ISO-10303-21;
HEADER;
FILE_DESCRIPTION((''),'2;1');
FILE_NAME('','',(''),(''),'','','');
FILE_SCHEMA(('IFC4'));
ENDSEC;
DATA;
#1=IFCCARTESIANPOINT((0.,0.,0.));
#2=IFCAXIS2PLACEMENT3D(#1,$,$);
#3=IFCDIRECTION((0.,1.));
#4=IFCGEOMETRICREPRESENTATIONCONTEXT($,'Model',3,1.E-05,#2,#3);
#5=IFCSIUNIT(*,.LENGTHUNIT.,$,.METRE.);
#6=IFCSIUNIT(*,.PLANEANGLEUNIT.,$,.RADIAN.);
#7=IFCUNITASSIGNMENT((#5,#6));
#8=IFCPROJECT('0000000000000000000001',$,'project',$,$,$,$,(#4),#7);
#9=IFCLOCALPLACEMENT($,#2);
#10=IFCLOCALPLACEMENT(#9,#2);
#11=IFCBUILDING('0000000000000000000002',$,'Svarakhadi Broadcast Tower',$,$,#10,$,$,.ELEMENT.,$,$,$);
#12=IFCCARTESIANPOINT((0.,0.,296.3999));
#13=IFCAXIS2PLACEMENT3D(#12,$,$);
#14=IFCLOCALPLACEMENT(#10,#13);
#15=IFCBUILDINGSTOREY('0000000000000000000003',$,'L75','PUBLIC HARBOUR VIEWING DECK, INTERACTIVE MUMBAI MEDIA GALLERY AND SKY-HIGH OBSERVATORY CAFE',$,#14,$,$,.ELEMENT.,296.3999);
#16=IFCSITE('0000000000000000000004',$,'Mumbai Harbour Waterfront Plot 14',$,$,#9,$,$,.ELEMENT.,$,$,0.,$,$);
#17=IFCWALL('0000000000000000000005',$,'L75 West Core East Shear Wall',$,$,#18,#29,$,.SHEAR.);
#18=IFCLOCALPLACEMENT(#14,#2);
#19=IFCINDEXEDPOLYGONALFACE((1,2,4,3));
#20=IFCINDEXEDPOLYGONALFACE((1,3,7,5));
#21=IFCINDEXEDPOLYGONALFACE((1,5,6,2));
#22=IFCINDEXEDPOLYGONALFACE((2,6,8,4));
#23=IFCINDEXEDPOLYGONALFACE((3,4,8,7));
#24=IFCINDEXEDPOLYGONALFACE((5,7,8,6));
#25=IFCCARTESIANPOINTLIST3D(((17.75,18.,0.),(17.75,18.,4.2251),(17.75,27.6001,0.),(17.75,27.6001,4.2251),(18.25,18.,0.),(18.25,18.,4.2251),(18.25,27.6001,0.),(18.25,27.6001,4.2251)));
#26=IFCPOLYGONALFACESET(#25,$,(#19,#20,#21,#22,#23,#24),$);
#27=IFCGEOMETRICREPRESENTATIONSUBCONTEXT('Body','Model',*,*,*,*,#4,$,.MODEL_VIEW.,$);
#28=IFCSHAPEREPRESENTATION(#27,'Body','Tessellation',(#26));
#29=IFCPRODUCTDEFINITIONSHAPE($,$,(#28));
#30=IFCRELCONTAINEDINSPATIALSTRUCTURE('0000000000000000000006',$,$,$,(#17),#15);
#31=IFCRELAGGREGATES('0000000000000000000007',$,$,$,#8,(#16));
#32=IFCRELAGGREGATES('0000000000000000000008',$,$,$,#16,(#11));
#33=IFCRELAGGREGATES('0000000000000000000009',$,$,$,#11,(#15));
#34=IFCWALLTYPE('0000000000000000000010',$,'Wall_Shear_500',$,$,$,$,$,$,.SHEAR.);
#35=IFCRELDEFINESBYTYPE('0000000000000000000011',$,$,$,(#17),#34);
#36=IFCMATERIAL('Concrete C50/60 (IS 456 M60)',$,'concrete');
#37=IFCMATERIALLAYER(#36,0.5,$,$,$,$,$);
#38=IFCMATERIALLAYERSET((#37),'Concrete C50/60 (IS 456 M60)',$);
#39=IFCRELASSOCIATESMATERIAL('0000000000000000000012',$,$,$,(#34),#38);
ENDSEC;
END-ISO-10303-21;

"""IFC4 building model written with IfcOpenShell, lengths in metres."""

from ifc_helpers import new_model, si_unit, direction, frame, frame_2d, origin, place, context, subcontext, project, spatial, rectangle, extrude, material, layer, layer_set, type_object, element, save


model = new_model("IFC4")

# Units and contexts
model_context = context("Model", 3, precision=1e-05, world=origin(), true_north=direction((0.0, 1.0)))
body_context = subcontext(model_context, "Body", "Model", "MODEL_VIEW")
ifc_project = project(units=[si_unit("LENGTHUNIT", "METRE"), si_unit("PLANEANGLEUNIT", "RADIAN")], contexts=[model_context])

# Site, building, storey
site_placement = place(None, origin())
site = spatial("IfcSite", under=ifc_project, at=site_placement, Name="Mumbai Harbour Waterfront Plot 14", CompositionType="ELEMENT", RefElevation=0.0)
building_placement = place(site_placement, origin())
building = spatial("IfcBuilding", under=site, at=building_placement, Name="Svarakhadi Broadcast Tower", CompositionType="ELEMENT")
storey_placement = place(building_placement, frame((0.0, 0.0, 296.3999)))
storey = spatial("IfcBuildingStorey", under=building, at=storey_placement, Name="L75", Description="PUBLIC HARBOUR VIEWING DECK, INTERACTIVE MUMBAI MEDIA GALLERY AND SKY-HIGH OBSERVATORY CAFE", CompositionType="ELEMENT", Elevation=296.3999)

# Shared definitions
ifc_material_1 = material(Name="Concrete C50/60 (IS 456 M60)", Category="concrete")

# Wall
ifc_layer_1 = layer(ifc_material_1, 0.5)
ifc_layer_set_1 = layer_set([ifc_layer_1], Name="Concrete C50/60 (IS 456 M60)")
wall_type_1 = type_object("IfcWallType", Name="Wall_Shear_500", PredefinedType="SHEAR", material=ifc_layer_set_1)
wall_1_placement = place(storey_placement, frame((18.0, 18.0, 0.0), z_axis=(0.0, 0.0, 1.0), x_axis=(0.0, 1.0, 0.0)))
element("IfcWall", 1, at=wall_1_placement, inside=storey, type_object=wall_type_1, Name="L75 West Core East Shear Wall", PredefinedType="SHEAR", context=body_context, shape_type="SweptSolid", body=[
    extrude(rectangle(XDim=9.6001, YDim=0.5, at=frame_2d((4.8, 0.0))), origin(), (0.0, 0.0, 1.0), 4.2251),
])

save(model, "model.ifc")
